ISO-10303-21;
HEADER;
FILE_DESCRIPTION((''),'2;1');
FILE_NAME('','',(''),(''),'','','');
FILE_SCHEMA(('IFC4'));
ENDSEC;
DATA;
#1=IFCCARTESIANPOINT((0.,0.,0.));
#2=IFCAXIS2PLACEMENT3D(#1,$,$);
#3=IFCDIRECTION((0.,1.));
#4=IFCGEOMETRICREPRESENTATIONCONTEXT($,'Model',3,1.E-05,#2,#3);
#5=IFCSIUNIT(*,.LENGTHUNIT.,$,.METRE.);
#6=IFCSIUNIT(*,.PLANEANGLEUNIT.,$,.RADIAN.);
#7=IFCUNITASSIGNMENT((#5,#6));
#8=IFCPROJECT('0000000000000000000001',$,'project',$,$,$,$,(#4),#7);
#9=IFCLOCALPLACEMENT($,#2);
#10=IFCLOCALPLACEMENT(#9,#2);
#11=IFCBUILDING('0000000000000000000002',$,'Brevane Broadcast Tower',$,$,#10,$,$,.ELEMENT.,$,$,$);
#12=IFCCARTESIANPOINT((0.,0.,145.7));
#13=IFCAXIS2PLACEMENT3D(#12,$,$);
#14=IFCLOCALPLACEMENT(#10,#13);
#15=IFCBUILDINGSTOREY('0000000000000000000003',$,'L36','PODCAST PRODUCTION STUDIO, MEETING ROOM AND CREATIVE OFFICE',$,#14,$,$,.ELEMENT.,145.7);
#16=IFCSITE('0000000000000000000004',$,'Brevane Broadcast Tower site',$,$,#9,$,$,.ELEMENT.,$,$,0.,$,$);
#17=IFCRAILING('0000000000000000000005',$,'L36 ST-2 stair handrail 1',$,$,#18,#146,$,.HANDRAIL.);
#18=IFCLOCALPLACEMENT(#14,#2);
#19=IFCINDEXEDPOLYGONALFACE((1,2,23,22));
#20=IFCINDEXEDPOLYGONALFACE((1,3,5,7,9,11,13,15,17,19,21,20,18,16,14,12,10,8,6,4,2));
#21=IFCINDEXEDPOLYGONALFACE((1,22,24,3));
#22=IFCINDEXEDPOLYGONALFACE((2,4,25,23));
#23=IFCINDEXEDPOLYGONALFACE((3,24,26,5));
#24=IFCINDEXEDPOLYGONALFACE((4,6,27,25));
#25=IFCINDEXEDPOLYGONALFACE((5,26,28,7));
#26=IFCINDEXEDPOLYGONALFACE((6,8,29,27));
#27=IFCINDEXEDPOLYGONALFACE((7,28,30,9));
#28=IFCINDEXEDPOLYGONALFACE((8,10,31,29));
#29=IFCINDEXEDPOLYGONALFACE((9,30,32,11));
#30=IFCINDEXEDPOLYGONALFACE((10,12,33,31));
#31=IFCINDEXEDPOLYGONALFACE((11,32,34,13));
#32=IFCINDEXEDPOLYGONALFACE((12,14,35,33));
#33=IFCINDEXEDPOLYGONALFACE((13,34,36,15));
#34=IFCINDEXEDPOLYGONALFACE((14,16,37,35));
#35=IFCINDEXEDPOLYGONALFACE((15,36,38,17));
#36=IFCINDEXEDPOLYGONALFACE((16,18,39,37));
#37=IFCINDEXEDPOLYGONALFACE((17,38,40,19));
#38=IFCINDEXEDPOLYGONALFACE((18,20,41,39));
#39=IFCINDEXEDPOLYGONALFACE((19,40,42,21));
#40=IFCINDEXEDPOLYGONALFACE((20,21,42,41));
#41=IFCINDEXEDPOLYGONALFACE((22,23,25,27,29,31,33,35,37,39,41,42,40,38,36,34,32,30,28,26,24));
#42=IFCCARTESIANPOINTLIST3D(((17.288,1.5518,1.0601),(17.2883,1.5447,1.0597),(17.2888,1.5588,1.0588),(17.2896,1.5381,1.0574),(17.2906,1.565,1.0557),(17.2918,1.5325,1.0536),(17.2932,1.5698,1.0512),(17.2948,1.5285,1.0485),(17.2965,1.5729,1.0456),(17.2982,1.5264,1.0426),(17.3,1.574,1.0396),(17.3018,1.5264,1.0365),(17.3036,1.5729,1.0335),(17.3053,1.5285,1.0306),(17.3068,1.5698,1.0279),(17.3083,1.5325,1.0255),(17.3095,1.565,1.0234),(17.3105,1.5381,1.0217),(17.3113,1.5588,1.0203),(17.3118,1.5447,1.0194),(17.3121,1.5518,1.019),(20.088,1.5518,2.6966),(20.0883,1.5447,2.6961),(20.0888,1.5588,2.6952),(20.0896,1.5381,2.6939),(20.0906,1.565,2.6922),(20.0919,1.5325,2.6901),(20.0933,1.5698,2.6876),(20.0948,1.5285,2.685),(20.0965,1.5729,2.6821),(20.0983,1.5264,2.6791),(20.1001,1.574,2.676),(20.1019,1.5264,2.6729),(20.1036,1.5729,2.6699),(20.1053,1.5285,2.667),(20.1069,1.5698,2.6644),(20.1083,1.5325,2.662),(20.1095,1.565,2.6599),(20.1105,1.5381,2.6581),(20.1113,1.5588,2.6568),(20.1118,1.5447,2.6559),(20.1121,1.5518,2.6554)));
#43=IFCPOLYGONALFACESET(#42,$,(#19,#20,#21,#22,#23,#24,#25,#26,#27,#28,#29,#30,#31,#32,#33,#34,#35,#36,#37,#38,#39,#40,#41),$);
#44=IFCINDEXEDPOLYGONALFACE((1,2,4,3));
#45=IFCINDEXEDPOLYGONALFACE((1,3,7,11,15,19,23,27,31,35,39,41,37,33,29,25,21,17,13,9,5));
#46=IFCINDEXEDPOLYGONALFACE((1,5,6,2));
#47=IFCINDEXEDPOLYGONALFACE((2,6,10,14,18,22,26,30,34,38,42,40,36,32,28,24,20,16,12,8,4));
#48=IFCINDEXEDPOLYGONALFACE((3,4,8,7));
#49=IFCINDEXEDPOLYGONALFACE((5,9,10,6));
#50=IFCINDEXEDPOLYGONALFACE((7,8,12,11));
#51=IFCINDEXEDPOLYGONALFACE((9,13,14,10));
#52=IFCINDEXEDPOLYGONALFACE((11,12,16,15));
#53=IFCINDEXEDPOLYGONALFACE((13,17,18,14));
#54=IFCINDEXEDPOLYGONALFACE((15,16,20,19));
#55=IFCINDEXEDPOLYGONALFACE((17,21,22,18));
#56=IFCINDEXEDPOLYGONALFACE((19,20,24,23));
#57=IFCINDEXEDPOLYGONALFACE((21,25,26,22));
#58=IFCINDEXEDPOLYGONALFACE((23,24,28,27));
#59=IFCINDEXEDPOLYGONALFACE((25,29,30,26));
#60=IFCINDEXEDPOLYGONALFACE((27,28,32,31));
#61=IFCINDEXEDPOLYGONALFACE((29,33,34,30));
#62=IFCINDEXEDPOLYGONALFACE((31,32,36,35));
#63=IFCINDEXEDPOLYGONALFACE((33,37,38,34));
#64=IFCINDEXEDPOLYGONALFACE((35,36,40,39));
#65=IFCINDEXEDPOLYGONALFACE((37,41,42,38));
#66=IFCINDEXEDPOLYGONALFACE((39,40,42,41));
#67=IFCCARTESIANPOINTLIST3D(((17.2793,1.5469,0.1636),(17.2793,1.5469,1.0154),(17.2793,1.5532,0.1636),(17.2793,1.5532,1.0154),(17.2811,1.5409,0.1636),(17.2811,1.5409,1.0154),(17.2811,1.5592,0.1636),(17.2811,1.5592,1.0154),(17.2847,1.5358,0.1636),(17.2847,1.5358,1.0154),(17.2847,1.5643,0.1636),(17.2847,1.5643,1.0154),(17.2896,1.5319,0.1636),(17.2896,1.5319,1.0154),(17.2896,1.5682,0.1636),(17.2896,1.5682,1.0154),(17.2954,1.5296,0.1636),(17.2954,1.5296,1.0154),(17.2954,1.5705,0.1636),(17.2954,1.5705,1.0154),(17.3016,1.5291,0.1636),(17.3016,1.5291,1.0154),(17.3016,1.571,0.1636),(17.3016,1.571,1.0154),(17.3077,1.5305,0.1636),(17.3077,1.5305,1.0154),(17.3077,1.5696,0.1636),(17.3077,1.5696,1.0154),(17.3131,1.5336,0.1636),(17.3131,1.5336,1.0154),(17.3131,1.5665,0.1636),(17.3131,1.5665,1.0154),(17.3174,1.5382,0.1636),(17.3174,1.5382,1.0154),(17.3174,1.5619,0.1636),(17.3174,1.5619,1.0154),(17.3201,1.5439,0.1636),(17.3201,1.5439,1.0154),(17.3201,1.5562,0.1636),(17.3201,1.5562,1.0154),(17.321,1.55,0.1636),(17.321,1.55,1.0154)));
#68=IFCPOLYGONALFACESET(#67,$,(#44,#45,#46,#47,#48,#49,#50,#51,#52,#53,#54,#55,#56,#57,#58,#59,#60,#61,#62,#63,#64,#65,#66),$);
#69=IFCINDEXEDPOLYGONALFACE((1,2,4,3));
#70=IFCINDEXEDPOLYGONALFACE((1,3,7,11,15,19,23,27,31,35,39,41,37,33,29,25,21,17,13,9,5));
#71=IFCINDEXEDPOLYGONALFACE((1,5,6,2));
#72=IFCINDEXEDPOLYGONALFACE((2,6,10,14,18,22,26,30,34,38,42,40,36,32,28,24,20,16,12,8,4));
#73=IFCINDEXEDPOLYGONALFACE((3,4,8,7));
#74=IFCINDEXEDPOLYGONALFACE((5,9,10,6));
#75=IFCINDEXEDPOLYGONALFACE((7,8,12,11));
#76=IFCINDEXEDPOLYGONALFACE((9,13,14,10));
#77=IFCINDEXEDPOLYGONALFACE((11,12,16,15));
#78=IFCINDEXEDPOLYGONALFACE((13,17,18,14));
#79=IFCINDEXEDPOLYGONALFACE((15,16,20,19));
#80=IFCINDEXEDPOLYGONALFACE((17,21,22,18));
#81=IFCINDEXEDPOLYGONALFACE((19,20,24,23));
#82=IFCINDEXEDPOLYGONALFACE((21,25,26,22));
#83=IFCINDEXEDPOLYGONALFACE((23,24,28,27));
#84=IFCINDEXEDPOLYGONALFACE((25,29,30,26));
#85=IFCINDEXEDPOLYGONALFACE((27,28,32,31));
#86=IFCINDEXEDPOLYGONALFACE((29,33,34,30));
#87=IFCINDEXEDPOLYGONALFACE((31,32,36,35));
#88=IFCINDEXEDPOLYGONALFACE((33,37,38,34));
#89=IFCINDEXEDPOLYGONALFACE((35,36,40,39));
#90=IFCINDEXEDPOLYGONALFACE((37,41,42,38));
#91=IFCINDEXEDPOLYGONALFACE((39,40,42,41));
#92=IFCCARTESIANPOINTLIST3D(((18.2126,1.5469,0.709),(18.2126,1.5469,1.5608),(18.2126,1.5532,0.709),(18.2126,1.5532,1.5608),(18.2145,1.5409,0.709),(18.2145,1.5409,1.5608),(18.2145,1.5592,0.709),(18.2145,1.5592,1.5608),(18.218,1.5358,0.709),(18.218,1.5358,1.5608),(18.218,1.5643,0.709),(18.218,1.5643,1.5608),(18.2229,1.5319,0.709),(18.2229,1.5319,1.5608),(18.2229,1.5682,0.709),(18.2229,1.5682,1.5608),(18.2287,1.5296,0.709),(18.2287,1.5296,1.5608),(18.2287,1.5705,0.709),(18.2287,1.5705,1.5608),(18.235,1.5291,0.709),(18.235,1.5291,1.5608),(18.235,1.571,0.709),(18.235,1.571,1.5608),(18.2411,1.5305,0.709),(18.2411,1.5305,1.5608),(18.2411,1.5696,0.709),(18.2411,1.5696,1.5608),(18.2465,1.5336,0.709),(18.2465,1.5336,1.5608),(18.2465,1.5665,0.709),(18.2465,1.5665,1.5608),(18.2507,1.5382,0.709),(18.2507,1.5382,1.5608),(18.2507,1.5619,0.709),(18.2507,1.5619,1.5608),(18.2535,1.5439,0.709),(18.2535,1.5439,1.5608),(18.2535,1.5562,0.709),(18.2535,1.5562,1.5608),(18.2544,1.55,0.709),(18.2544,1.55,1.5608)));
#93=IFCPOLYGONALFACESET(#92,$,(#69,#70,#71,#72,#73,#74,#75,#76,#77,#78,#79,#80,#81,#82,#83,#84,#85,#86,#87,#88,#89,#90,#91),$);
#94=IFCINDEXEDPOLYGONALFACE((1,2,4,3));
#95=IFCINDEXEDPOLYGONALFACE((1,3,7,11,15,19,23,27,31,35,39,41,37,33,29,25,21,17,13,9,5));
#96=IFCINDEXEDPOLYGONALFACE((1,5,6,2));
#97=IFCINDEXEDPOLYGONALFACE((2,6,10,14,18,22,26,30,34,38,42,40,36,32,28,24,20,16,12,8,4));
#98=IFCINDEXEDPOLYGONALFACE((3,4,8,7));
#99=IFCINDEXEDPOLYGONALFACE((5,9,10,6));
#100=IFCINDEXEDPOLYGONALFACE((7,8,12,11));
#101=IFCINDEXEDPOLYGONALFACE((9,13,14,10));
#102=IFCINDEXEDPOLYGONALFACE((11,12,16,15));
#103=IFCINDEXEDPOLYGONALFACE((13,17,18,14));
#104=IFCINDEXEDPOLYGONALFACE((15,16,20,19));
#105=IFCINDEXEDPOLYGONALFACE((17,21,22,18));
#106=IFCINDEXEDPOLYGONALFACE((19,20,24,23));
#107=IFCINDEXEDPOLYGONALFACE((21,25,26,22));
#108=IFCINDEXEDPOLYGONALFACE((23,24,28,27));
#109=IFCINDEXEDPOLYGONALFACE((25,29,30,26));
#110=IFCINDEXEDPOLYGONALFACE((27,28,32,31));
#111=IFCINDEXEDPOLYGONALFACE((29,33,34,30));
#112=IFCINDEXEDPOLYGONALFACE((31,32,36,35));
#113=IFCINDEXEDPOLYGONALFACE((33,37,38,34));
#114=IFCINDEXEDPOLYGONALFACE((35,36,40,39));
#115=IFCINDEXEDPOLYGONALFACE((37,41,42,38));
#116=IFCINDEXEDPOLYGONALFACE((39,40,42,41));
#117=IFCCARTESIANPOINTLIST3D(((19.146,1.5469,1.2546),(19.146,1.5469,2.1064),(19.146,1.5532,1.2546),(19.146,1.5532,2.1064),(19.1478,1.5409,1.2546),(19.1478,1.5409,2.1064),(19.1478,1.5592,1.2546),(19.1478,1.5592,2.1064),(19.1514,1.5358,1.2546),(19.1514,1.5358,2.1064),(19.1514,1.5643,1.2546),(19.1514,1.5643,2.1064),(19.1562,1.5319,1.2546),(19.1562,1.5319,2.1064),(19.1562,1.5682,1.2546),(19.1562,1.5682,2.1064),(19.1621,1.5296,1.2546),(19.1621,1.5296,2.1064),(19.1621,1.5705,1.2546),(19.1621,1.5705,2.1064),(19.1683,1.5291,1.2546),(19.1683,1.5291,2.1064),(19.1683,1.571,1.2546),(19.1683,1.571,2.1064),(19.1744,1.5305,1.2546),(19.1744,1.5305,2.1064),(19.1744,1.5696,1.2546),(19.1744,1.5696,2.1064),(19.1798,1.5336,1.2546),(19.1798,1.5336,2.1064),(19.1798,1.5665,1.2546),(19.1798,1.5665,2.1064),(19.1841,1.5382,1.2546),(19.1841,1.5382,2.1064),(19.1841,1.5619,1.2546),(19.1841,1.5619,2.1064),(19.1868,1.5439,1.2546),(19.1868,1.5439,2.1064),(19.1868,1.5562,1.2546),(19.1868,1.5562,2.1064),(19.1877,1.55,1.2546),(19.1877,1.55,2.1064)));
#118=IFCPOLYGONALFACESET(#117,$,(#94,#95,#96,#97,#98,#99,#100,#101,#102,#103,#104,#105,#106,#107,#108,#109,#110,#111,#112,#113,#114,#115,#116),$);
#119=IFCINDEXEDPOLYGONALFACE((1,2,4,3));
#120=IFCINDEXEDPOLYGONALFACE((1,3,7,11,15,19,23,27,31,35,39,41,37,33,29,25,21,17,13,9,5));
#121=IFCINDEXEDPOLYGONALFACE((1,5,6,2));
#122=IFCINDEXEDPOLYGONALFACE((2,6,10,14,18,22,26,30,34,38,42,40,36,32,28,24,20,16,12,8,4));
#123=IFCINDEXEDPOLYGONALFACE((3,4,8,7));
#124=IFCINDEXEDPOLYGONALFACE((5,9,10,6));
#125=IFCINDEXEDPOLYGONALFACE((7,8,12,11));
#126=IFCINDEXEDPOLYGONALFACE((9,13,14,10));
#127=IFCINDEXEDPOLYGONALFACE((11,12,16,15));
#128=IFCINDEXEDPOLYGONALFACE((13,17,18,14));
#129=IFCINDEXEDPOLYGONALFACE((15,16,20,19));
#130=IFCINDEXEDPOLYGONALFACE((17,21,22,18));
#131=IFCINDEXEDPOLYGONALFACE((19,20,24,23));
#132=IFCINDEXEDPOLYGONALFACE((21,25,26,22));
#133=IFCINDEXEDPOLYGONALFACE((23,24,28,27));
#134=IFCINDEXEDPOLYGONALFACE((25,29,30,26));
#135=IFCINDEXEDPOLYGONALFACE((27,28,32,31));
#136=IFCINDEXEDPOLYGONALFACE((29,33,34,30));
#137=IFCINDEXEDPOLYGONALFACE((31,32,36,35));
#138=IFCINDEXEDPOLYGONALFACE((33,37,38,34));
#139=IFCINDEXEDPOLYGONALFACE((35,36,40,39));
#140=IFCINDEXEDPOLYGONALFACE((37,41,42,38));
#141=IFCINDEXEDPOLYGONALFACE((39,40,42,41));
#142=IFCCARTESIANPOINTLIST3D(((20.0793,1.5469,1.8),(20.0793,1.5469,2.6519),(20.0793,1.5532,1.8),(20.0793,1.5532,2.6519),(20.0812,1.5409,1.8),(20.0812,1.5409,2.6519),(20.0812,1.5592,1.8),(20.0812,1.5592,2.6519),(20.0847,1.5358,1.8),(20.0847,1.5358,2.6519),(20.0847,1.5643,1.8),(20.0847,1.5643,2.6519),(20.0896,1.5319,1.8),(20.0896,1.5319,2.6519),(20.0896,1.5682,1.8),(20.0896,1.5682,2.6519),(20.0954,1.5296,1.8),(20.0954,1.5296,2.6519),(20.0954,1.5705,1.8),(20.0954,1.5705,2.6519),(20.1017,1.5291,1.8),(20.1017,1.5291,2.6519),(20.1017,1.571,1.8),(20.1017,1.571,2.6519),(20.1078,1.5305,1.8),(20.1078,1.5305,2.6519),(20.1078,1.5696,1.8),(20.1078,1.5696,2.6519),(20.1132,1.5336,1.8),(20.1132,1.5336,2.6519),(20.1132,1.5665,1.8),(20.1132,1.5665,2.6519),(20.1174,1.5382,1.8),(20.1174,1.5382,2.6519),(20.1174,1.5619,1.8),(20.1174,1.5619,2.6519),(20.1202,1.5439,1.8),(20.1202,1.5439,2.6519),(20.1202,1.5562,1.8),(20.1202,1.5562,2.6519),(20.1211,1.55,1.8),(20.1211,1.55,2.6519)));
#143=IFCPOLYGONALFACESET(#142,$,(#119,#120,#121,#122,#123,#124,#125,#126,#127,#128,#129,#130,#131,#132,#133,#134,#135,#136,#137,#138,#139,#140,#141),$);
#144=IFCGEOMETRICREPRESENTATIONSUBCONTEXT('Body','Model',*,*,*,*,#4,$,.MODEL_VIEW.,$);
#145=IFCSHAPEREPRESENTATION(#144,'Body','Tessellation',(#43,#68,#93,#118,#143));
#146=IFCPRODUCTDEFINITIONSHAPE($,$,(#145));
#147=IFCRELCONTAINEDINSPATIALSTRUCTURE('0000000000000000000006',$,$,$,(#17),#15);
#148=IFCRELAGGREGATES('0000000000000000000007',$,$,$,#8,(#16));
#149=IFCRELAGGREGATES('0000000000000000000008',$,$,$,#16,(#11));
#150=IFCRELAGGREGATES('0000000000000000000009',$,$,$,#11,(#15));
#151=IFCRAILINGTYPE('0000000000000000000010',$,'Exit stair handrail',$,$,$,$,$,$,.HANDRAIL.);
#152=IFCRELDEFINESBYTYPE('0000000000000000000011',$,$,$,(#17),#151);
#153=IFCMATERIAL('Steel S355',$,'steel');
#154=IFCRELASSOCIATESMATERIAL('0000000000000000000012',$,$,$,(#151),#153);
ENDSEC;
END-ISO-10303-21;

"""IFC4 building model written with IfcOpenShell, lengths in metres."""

from ifc_helpers import new_model, si_unit, direction, frame, origin, origin_2d, place, context, subcontext, project, spatial, circle, extrude, material, type_object, element, save


model = new_model("IFC4")

# Units and contexts
model_context = context("Model", 3, precision=1e-05, world=origin(), true_north=direction((0.0, 1.0)))
body_context = subcontext(model_context, "Body", "Model", "MODEL_VIEW")
ifc_project = project(units=[si_unit("LENGTHUNIT", "METRE"), si_unit("PLANEANGLEUNIT", "RADIAN")], contexts=[model_context])

# Site, building, storey
site_placement = place(None, origin())
site = spatial("IfcSite", under=ifc_project, at=site_placement, Name="Brevane Broadcast Tower site", CompositionType="ELEMENT", RefElevation=0.0)
building_placement = place(site_placement, origin())
building = spatial("IfcBuilding", under=site, at=building_placement, Name="Brevane Broadcast Tower", CompositionType="ELEMENT")
storey_placement = place(building_placement, frame((0.0, 0.0, 145.7)))
storey = spatial("IfcBuildingStorey", under=building, at=storey_placement, Name="L36", Description="PODCAST PRODUCTION STUDIO, MEETING ROOM AND CREATIVE OFFICE", CompositionType="ELEMENT", Elevation=145.7)

# Railing
ifc_material_1 = material(Name="Steel S355", Category="steel")
railing_type_1 = type_object("IfcRailingType", Name="Exit stair handrail", PredefinedType="HANDRAIL", material=ifc_material_1)
railing_1_placement = place(storey_placement, frame((17.3, 1.55, 0.1636)))
element("IfcRailing", 1, at=railing_1_placement, inside=storey, type_object=railing_type_1, Name="L36 ST-2 stair handrail 1", PredefinedType="HANDRAIL", context=body_context, shape_type="SweptSolid", body=[
    extrude(circle(Radius=0.0239, at=origin_2d()), frame((0.0, 0.0, 0.876), z_axis=(0.863361, 0.0, 0.504587), x_axis=(0.0, 1.0, 0.0)), (0.0, 0.0, 1.0), 3.2432),
    extrude(circle(Radius=0.021, at=origin_2d()), origin(), (0.0, 0.0, 1.0), 0.8518),
    extrude(circle(Radius=0.021, at=origin_2d()), frame((0.9333, 0.0, 0.5454)), (0.0, 0.0, 1.0), 0.8518),
    extrude(circle(Radius=0.021, at=origin_2d()), frame((1.8667, 0.0, 1.0911)), (0.0, 0.0, 1.0), 0.8518),
    extrude(circle(Radius=0.021, at=origin_2d()), frame((2.8, 0.0, 1.6365)), (0.0, 0.0, 1.0), 0.8518),
])

save(model, "model.ifc")
